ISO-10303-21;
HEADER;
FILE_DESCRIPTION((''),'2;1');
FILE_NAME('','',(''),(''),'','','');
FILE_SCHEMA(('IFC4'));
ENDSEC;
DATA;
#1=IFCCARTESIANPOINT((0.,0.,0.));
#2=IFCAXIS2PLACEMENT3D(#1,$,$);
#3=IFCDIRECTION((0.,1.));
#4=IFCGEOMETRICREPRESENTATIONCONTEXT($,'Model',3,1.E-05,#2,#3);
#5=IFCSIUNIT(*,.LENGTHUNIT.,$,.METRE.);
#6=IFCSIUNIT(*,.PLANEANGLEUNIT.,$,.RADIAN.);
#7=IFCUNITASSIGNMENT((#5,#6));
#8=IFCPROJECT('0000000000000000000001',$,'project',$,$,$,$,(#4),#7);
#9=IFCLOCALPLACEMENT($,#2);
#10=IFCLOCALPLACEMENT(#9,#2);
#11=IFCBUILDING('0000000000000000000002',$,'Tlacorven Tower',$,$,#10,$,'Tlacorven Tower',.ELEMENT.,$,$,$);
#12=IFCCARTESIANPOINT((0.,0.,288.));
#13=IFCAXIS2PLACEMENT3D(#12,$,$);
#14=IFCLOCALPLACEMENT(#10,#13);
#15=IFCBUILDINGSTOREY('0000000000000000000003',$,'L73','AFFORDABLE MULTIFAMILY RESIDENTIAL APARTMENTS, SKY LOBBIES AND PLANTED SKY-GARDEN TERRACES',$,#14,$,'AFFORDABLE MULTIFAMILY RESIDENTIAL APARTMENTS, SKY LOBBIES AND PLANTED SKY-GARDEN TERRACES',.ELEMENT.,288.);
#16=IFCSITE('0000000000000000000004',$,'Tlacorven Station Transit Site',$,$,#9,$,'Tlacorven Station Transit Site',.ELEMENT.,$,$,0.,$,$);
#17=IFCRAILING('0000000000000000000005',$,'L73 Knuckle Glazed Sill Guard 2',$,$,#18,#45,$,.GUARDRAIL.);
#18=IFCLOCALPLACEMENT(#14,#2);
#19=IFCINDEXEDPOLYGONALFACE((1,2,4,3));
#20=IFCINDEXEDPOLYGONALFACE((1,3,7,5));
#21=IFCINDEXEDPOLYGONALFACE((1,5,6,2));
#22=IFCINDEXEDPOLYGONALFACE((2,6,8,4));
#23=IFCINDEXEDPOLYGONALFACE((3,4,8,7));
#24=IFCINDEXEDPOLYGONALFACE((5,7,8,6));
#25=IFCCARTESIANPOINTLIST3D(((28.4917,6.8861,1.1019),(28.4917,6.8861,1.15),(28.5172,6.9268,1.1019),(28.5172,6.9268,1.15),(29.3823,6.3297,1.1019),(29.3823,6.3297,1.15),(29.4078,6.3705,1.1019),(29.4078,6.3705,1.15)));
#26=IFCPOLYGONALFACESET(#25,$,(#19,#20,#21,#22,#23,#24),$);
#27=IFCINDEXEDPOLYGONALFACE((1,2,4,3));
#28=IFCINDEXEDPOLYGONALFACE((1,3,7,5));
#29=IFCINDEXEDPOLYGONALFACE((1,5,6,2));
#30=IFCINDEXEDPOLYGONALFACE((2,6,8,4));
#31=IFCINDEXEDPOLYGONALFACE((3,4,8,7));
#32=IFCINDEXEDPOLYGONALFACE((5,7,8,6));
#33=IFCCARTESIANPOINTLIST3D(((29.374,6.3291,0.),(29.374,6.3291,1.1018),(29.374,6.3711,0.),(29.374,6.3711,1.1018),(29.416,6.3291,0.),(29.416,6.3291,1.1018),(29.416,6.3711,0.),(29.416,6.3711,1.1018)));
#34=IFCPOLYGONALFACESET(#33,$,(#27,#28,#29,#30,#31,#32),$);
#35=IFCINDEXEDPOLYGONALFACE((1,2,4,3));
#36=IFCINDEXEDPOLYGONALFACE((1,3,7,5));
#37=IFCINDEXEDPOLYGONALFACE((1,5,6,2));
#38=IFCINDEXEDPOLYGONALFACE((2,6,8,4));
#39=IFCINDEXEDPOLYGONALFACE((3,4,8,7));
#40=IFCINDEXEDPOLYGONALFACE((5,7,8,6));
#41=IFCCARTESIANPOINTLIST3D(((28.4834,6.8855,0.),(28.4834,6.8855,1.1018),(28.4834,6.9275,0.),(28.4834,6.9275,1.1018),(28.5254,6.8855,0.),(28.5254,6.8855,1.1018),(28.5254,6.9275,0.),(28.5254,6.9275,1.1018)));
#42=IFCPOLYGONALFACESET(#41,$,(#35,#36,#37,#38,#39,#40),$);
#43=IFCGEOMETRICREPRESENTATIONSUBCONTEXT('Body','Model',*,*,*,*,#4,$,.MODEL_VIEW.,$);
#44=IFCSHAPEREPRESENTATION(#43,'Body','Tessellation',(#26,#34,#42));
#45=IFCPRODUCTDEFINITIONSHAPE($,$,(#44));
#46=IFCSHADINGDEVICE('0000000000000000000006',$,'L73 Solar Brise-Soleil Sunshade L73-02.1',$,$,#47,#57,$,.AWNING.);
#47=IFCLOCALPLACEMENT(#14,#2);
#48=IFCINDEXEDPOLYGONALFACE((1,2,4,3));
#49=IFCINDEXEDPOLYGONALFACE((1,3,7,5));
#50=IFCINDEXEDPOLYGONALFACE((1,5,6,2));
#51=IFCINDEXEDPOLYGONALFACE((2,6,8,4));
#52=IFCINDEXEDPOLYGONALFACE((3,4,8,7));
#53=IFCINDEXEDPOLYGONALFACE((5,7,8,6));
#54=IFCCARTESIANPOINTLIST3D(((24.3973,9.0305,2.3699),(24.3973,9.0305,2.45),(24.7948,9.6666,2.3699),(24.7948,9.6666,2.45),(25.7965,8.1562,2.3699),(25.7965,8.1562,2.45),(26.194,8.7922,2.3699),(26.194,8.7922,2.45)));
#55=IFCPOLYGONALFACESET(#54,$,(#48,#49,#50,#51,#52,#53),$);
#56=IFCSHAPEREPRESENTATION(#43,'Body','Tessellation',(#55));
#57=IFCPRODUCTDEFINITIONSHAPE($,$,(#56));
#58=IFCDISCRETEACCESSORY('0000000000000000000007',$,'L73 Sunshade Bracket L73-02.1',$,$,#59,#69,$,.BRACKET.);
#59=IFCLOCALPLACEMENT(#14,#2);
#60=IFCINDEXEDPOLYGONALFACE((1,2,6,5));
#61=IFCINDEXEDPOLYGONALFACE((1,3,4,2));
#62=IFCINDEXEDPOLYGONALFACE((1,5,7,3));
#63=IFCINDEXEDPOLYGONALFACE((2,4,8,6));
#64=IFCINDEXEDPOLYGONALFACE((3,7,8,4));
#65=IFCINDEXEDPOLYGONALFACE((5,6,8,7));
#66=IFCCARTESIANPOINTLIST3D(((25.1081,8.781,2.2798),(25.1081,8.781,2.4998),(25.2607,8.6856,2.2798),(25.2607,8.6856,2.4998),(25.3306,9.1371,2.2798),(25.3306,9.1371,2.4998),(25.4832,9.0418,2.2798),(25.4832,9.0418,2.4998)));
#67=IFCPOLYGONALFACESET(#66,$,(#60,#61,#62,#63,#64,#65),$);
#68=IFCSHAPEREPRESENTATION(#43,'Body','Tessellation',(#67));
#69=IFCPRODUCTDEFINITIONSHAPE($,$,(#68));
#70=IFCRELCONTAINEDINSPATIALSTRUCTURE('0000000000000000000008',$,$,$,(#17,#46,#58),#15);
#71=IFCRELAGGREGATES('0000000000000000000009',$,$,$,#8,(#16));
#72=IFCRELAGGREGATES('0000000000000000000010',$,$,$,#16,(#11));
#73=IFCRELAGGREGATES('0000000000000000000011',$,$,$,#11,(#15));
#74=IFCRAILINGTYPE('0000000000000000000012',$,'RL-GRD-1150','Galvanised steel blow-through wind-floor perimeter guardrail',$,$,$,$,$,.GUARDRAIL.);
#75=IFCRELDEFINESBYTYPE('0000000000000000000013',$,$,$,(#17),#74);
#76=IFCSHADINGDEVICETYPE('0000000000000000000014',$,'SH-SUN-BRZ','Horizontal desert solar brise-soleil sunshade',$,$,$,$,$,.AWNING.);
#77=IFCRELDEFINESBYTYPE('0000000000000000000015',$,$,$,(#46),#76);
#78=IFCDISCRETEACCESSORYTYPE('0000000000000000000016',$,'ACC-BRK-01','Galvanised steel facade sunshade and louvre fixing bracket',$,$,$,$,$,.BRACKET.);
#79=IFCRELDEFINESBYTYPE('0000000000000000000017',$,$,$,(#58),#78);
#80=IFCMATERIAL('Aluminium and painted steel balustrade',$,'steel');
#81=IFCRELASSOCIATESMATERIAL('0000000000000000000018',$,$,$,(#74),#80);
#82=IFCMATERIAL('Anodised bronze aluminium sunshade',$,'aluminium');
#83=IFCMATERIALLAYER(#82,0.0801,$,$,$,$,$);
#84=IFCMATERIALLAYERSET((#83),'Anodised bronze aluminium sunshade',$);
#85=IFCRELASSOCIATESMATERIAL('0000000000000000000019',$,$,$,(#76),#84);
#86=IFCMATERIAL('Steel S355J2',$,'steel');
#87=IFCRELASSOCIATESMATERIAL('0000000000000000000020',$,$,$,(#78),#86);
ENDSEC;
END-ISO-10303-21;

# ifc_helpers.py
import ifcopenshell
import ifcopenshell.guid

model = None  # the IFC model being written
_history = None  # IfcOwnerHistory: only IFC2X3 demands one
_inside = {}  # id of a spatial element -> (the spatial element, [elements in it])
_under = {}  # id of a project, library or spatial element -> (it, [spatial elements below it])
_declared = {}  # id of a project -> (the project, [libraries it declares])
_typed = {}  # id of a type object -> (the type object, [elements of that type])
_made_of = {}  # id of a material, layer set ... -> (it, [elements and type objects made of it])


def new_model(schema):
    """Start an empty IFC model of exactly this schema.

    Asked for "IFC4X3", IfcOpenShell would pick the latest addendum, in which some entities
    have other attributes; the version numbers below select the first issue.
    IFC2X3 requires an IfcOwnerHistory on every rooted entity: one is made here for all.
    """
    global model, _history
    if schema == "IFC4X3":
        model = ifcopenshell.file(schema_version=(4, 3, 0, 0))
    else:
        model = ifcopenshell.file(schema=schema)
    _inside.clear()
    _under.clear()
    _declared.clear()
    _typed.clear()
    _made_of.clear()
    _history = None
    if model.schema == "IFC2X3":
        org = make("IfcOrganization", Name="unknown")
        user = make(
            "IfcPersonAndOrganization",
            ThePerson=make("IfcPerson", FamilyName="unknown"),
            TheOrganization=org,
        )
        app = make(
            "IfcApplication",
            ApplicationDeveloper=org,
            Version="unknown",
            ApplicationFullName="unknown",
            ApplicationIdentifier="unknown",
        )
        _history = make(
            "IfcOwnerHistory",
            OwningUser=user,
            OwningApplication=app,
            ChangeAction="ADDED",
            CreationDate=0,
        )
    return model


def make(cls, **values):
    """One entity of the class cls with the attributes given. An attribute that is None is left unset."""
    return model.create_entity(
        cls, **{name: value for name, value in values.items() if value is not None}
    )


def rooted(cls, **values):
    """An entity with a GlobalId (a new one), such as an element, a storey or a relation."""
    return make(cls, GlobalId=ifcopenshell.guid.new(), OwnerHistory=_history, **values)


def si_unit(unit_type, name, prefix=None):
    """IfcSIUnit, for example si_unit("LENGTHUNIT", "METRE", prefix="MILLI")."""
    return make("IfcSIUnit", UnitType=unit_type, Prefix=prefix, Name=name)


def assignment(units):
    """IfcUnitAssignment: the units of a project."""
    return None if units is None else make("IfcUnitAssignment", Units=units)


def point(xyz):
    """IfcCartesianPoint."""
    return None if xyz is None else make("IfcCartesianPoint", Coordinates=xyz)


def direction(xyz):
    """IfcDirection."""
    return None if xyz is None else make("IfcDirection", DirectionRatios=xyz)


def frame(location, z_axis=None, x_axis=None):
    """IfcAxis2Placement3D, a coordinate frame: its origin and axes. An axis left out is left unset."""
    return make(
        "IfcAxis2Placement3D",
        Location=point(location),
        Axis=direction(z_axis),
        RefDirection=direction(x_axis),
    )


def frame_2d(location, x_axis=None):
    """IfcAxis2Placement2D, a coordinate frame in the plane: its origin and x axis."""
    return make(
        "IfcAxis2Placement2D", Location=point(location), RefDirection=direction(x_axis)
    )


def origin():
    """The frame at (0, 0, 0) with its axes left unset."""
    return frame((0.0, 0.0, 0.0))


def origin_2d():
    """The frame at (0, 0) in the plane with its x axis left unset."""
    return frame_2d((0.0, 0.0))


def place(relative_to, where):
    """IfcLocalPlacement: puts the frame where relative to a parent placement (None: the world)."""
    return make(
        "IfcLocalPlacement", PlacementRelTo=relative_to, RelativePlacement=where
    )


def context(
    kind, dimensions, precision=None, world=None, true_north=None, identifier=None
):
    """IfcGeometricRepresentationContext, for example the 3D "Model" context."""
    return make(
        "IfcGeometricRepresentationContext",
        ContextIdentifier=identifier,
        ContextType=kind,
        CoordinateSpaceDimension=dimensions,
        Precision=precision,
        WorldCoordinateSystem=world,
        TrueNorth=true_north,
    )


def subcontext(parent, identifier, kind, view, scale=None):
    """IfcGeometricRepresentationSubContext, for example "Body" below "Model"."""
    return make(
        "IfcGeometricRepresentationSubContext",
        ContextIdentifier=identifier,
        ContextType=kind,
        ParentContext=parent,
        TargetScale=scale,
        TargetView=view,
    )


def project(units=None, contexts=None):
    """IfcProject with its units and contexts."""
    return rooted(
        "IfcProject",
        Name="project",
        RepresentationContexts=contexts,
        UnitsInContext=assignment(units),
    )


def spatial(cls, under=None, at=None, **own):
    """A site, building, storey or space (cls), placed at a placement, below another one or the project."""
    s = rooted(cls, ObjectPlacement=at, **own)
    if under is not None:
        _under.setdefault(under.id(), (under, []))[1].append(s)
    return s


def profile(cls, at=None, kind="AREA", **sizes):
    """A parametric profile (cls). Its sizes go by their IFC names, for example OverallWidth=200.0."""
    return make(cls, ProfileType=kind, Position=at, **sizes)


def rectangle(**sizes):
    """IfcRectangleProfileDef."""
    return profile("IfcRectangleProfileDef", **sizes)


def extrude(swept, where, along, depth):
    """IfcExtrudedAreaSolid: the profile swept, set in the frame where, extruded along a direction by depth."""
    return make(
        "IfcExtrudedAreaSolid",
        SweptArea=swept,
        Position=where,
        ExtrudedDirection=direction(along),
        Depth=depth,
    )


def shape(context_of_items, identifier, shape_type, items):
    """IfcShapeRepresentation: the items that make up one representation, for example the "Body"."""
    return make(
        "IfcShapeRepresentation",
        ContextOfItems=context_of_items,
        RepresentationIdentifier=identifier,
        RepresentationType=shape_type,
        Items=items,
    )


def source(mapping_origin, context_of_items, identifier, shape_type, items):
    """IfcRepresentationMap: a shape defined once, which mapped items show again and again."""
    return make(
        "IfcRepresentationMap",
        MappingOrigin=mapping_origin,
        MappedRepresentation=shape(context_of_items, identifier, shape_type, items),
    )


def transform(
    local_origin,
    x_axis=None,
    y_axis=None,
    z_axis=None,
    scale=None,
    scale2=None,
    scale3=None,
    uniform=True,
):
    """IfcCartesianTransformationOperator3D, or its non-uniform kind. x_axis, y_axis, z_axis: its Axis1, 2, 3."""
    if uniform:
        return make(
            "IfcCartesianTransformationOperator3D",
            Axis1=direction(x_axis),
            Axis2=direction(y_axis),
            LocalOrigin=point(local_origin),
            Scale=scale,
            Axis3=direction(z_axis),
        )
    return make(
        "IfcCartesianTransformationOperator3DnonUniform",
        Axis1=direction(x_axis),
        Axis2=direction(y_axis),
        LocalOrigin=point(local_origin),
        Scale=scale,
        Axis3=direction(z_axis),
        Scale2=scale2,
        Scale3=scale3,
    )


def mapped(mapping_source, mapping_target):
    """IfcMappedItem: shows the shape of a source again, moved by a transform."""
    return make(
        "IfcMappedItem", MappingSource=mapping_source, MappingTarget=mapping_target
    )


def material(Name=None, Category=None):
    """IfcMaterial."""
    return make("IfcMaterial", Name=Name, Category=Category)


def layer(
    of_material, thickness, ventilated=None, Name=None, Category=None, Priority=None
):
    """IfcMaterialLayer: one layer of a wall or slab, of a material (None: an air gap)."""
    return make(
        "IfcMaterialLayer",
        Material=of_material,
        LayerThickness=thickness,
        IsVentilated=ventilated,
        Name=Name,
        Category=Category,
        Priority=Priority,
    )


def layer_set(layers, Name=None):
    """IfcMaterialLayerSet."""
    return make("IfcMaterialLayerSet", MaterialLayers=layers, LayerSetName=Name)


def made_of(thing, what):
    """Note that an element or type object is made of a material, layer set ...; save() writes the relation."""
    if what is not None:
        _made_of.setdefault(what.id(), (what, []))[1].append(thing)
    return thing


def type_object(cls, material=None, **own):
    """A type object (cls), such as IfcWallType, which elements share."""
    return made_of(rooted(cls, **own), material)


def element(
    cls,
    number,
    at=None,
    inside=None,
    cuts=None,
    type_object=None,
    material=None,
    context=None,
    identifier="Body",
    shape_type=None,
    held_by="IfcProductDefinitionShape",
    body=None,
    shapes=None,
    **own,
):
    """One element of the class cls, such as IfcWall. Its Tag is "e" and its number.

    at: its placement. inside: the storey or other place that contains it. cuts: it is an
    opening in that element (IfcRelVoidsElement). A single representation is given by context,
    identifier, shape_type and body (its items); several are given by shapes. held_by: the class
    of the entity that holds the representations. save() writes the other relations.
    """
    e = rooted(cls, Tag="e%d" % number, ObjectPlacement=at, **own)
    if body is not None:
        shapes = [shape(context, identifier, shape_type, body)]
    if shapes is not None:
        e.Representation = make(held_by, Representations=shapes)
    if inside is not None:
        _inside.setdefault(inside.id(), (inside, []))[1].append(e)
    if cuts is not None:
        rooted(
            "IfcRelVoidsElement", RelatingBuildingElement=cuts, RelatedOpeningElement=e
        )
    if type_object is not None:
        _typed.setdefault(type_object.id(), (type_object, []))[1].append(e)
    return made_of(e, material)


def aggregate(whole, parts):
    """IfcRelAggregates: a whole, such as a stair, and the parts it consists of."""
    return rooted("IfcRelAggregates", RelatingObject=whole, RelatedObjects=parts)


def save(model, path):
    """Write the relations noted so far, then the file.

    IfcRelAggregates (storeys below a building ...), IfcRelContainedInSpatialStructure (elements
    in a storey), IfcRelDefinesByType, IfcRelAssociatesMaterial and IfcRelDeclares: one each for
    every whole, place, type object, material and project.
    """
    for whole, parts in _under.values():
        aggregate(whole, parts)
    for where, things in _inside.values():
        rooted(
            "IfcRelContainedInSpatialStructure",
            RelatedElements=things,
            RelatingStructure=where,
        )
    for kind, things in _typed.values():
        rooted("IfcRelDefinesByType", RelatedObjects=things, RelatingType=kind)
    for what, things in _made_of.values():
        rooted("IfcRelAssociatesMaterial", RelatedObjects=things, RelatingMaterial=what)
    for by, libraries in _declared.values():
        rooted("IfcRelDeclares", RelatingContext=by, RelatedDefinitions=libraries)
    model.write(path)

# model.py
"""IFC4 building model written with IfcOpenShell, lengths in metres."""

from ifc_helpers import new_model, si_unit, direction, frame, origin, origin_2d, place, context, subcontext, project, spatial, rectangle, extrude, source, transform, mapped, material, layer, layer_set, type_object, element, save


model = new_model("IFC4")

# Units and contexts
model_context = context("Model", 3, precision=1e-05, world=origin(), true_north=direction((0.0, 1.0)))
body_context = subcontext(model_context, "Body", "Model", "MODEL_VIEW")
ifc_project = project(units=[si_unit("LENGTHUNIT", "METRE"), si_unit("PLANEANGLEUNIT", "RADIAN")], contexts=[model_context])

# Site, building, storey
site_placement = place(None, origin())
site = spatial("IfcSite", under=ifc_project, at=site_placement, Name="Tlacorven Station Transit Site", LongName="Tlacorven Station Transit Site", CompositionType="ELEMENT", RefElevation=0.0)
building_placement = place(site_placement, origin())
building = spatial("IfcBuilding", under=site, at=building_placement, Name="Tlacorven Tower", LongName="Tlacorven Tower", CompositionType="ELEMENT")
storey_placement = place(building_placement, frame((0.0, 0.0, 288.0)))
storey = spatial("IfcBuildingStorey", under=building, at=storey_placement, Name="L73", Description="AFFORDABLE MULTIFAMILY RESIDENTIAL APARTMENTS, SKY LOBBIES AND PLANTED SKY-GARDEN TERRACES", LongName="AFFORDABLE MULTIFAMILY RESIDENTIAL APARTMENTS, SKY LOBBIES AND PLANTED SKY-GARDEN TERRACES", CompositionType="ELEMENT", Elevation=288.0)

# Shared definitions
ifc_material_1 = material(Name="Steel S355J2", Category="steel")

# Railing
ifc_material_2 = material(Name="Aluminium and painted steel balustrade", Category="steel")
railing_type = type_object("IfcRailingType", Name="RL-GRD-1150", Description="Galvanised steel blow-through wind-floor perimeter guardrail", PredefinedType="GUARDRAIL", material=ifc_material_2)
shared_shape_1 = source(origin(), body_context, "Body", "SweptSolid", [
    extrude(rectangle(XDim=0.0481, YDim=0.0481, at=origin_2d()), frame((0.0, 0.0, 1.126), z_axis=(-0.848103, 0.529832, 0.0), x_axis=(-0.529832, -0.848103, 0.0)), (0.0, 0.0, 1.0), 1.05),
    extrude(rectangle(XDim=0.042, YDim=0.042, at=origin_2d()), origin(), (0.0, 0.0, 1.0), 1.1018),
    extrude(rectangle(XDim=0.042, YDim=0.042, at=origin_2d()), frame((-0.8906, 0.5564, 0.0)), (0.0, 0.0, 1.0), 1.1018),
])
railing_placement = place(storey_placement, frame((29.395, 6.3501, 0.0)))
element("IfcRailing", 1, at=railing_placement, inside=storey, type_object=railing_type, Name="L73 Knuckle Glazed Sill Guard 2", PredefinedType="GUARDRAIL", context=body_context, shape_type="MappedRepresentation", body=[
    mapped(shared_shape_1, transform((0.0, 0.0, 0.0), scale=1.0)),
])

# Shading device
ifc_material_3 = material(Name="Anodised bronze aluminium sunshade", Category="aluminium")
ifc_layer_1 = layer(ifc_material_3, 0.0801)
ifc_layer_set_1 = layer_set([ifc_layer_1], Name="Anodised bronze aluminium sunshade")
shading_device_type = type_object("IfcShadingDeviceType", Name="SH-SUN-BRZ", Description="Horizontal desert solar brise-soleil sunshade", PredefinedType="AWNING", material=ifc_layer_set_1)
shared_shape_2 = source(origin(), body_context, "Body", "SweptSolid", [
    extrude(rectangle(XDim=1.6499, YDim=0.75, at=origin_2d()), origin(), (0.0, 0.0, 1.0), 0.0801),
])
shading_device_placement = place(storey_placement, frame((25.2957, 8.9114, 2.3699), z_axis=(0.0, 0.0, 1.0), x_axis=(-0.848048, 0.529919, 0.0)))
element("IfcShadingDevice", 2, at=shading_device_placement, inside=storey, type_object=shading_device_type, Name="L73 Solar Brise-Soleil Sunshade L73-02.1", PredefinedType="AWNING", context=body_context, shape_type="MappedRepresentation", body=[
    mapped(shared_shape_2, transform((0.0, 0.0, 0.0), scale=1.0)),
])

# Discrete accessory
discrete_accessory_type = type_object("IfcDiscreteAccessoryType", Name="ACC-BRK-01", Description="Galvanised steel facade sunshade and louvre fixing bracket", PredefinedType="BRACKET", material=ifc_material_1)
shared_shape_3 = source(origin(), body_context, "Body", "SweptSolid", [
    extrude(rectangle(XDim=0.1799, YDim=0.4199, at=origin_2d()), origin(), (0.0, 0.0, 1.0), 0.22),
])
discrete_accessory_placement = place(storey_placement, frame((25.2957, 8.9114, 2.2798), z_axis=(0.0, 0.0, 1.0), x_axis=(-0.848048, 0.529919, 0.0)))
element("IfcDiscreteAccessory", 3, at=discrete_accessory_placement, inside=storey, type_object=discrete_accessory_type, Name="L73 Sunshade Bracket L73-02.1", PredefinedType="BRACKET", context=body_context, shape_type="MappedRepresentation", body=[
    mapped(shared_shape_3, transform((0.0, 0.0, 0.0), scale=1.0)),
])

save(model, "model.ifc")
